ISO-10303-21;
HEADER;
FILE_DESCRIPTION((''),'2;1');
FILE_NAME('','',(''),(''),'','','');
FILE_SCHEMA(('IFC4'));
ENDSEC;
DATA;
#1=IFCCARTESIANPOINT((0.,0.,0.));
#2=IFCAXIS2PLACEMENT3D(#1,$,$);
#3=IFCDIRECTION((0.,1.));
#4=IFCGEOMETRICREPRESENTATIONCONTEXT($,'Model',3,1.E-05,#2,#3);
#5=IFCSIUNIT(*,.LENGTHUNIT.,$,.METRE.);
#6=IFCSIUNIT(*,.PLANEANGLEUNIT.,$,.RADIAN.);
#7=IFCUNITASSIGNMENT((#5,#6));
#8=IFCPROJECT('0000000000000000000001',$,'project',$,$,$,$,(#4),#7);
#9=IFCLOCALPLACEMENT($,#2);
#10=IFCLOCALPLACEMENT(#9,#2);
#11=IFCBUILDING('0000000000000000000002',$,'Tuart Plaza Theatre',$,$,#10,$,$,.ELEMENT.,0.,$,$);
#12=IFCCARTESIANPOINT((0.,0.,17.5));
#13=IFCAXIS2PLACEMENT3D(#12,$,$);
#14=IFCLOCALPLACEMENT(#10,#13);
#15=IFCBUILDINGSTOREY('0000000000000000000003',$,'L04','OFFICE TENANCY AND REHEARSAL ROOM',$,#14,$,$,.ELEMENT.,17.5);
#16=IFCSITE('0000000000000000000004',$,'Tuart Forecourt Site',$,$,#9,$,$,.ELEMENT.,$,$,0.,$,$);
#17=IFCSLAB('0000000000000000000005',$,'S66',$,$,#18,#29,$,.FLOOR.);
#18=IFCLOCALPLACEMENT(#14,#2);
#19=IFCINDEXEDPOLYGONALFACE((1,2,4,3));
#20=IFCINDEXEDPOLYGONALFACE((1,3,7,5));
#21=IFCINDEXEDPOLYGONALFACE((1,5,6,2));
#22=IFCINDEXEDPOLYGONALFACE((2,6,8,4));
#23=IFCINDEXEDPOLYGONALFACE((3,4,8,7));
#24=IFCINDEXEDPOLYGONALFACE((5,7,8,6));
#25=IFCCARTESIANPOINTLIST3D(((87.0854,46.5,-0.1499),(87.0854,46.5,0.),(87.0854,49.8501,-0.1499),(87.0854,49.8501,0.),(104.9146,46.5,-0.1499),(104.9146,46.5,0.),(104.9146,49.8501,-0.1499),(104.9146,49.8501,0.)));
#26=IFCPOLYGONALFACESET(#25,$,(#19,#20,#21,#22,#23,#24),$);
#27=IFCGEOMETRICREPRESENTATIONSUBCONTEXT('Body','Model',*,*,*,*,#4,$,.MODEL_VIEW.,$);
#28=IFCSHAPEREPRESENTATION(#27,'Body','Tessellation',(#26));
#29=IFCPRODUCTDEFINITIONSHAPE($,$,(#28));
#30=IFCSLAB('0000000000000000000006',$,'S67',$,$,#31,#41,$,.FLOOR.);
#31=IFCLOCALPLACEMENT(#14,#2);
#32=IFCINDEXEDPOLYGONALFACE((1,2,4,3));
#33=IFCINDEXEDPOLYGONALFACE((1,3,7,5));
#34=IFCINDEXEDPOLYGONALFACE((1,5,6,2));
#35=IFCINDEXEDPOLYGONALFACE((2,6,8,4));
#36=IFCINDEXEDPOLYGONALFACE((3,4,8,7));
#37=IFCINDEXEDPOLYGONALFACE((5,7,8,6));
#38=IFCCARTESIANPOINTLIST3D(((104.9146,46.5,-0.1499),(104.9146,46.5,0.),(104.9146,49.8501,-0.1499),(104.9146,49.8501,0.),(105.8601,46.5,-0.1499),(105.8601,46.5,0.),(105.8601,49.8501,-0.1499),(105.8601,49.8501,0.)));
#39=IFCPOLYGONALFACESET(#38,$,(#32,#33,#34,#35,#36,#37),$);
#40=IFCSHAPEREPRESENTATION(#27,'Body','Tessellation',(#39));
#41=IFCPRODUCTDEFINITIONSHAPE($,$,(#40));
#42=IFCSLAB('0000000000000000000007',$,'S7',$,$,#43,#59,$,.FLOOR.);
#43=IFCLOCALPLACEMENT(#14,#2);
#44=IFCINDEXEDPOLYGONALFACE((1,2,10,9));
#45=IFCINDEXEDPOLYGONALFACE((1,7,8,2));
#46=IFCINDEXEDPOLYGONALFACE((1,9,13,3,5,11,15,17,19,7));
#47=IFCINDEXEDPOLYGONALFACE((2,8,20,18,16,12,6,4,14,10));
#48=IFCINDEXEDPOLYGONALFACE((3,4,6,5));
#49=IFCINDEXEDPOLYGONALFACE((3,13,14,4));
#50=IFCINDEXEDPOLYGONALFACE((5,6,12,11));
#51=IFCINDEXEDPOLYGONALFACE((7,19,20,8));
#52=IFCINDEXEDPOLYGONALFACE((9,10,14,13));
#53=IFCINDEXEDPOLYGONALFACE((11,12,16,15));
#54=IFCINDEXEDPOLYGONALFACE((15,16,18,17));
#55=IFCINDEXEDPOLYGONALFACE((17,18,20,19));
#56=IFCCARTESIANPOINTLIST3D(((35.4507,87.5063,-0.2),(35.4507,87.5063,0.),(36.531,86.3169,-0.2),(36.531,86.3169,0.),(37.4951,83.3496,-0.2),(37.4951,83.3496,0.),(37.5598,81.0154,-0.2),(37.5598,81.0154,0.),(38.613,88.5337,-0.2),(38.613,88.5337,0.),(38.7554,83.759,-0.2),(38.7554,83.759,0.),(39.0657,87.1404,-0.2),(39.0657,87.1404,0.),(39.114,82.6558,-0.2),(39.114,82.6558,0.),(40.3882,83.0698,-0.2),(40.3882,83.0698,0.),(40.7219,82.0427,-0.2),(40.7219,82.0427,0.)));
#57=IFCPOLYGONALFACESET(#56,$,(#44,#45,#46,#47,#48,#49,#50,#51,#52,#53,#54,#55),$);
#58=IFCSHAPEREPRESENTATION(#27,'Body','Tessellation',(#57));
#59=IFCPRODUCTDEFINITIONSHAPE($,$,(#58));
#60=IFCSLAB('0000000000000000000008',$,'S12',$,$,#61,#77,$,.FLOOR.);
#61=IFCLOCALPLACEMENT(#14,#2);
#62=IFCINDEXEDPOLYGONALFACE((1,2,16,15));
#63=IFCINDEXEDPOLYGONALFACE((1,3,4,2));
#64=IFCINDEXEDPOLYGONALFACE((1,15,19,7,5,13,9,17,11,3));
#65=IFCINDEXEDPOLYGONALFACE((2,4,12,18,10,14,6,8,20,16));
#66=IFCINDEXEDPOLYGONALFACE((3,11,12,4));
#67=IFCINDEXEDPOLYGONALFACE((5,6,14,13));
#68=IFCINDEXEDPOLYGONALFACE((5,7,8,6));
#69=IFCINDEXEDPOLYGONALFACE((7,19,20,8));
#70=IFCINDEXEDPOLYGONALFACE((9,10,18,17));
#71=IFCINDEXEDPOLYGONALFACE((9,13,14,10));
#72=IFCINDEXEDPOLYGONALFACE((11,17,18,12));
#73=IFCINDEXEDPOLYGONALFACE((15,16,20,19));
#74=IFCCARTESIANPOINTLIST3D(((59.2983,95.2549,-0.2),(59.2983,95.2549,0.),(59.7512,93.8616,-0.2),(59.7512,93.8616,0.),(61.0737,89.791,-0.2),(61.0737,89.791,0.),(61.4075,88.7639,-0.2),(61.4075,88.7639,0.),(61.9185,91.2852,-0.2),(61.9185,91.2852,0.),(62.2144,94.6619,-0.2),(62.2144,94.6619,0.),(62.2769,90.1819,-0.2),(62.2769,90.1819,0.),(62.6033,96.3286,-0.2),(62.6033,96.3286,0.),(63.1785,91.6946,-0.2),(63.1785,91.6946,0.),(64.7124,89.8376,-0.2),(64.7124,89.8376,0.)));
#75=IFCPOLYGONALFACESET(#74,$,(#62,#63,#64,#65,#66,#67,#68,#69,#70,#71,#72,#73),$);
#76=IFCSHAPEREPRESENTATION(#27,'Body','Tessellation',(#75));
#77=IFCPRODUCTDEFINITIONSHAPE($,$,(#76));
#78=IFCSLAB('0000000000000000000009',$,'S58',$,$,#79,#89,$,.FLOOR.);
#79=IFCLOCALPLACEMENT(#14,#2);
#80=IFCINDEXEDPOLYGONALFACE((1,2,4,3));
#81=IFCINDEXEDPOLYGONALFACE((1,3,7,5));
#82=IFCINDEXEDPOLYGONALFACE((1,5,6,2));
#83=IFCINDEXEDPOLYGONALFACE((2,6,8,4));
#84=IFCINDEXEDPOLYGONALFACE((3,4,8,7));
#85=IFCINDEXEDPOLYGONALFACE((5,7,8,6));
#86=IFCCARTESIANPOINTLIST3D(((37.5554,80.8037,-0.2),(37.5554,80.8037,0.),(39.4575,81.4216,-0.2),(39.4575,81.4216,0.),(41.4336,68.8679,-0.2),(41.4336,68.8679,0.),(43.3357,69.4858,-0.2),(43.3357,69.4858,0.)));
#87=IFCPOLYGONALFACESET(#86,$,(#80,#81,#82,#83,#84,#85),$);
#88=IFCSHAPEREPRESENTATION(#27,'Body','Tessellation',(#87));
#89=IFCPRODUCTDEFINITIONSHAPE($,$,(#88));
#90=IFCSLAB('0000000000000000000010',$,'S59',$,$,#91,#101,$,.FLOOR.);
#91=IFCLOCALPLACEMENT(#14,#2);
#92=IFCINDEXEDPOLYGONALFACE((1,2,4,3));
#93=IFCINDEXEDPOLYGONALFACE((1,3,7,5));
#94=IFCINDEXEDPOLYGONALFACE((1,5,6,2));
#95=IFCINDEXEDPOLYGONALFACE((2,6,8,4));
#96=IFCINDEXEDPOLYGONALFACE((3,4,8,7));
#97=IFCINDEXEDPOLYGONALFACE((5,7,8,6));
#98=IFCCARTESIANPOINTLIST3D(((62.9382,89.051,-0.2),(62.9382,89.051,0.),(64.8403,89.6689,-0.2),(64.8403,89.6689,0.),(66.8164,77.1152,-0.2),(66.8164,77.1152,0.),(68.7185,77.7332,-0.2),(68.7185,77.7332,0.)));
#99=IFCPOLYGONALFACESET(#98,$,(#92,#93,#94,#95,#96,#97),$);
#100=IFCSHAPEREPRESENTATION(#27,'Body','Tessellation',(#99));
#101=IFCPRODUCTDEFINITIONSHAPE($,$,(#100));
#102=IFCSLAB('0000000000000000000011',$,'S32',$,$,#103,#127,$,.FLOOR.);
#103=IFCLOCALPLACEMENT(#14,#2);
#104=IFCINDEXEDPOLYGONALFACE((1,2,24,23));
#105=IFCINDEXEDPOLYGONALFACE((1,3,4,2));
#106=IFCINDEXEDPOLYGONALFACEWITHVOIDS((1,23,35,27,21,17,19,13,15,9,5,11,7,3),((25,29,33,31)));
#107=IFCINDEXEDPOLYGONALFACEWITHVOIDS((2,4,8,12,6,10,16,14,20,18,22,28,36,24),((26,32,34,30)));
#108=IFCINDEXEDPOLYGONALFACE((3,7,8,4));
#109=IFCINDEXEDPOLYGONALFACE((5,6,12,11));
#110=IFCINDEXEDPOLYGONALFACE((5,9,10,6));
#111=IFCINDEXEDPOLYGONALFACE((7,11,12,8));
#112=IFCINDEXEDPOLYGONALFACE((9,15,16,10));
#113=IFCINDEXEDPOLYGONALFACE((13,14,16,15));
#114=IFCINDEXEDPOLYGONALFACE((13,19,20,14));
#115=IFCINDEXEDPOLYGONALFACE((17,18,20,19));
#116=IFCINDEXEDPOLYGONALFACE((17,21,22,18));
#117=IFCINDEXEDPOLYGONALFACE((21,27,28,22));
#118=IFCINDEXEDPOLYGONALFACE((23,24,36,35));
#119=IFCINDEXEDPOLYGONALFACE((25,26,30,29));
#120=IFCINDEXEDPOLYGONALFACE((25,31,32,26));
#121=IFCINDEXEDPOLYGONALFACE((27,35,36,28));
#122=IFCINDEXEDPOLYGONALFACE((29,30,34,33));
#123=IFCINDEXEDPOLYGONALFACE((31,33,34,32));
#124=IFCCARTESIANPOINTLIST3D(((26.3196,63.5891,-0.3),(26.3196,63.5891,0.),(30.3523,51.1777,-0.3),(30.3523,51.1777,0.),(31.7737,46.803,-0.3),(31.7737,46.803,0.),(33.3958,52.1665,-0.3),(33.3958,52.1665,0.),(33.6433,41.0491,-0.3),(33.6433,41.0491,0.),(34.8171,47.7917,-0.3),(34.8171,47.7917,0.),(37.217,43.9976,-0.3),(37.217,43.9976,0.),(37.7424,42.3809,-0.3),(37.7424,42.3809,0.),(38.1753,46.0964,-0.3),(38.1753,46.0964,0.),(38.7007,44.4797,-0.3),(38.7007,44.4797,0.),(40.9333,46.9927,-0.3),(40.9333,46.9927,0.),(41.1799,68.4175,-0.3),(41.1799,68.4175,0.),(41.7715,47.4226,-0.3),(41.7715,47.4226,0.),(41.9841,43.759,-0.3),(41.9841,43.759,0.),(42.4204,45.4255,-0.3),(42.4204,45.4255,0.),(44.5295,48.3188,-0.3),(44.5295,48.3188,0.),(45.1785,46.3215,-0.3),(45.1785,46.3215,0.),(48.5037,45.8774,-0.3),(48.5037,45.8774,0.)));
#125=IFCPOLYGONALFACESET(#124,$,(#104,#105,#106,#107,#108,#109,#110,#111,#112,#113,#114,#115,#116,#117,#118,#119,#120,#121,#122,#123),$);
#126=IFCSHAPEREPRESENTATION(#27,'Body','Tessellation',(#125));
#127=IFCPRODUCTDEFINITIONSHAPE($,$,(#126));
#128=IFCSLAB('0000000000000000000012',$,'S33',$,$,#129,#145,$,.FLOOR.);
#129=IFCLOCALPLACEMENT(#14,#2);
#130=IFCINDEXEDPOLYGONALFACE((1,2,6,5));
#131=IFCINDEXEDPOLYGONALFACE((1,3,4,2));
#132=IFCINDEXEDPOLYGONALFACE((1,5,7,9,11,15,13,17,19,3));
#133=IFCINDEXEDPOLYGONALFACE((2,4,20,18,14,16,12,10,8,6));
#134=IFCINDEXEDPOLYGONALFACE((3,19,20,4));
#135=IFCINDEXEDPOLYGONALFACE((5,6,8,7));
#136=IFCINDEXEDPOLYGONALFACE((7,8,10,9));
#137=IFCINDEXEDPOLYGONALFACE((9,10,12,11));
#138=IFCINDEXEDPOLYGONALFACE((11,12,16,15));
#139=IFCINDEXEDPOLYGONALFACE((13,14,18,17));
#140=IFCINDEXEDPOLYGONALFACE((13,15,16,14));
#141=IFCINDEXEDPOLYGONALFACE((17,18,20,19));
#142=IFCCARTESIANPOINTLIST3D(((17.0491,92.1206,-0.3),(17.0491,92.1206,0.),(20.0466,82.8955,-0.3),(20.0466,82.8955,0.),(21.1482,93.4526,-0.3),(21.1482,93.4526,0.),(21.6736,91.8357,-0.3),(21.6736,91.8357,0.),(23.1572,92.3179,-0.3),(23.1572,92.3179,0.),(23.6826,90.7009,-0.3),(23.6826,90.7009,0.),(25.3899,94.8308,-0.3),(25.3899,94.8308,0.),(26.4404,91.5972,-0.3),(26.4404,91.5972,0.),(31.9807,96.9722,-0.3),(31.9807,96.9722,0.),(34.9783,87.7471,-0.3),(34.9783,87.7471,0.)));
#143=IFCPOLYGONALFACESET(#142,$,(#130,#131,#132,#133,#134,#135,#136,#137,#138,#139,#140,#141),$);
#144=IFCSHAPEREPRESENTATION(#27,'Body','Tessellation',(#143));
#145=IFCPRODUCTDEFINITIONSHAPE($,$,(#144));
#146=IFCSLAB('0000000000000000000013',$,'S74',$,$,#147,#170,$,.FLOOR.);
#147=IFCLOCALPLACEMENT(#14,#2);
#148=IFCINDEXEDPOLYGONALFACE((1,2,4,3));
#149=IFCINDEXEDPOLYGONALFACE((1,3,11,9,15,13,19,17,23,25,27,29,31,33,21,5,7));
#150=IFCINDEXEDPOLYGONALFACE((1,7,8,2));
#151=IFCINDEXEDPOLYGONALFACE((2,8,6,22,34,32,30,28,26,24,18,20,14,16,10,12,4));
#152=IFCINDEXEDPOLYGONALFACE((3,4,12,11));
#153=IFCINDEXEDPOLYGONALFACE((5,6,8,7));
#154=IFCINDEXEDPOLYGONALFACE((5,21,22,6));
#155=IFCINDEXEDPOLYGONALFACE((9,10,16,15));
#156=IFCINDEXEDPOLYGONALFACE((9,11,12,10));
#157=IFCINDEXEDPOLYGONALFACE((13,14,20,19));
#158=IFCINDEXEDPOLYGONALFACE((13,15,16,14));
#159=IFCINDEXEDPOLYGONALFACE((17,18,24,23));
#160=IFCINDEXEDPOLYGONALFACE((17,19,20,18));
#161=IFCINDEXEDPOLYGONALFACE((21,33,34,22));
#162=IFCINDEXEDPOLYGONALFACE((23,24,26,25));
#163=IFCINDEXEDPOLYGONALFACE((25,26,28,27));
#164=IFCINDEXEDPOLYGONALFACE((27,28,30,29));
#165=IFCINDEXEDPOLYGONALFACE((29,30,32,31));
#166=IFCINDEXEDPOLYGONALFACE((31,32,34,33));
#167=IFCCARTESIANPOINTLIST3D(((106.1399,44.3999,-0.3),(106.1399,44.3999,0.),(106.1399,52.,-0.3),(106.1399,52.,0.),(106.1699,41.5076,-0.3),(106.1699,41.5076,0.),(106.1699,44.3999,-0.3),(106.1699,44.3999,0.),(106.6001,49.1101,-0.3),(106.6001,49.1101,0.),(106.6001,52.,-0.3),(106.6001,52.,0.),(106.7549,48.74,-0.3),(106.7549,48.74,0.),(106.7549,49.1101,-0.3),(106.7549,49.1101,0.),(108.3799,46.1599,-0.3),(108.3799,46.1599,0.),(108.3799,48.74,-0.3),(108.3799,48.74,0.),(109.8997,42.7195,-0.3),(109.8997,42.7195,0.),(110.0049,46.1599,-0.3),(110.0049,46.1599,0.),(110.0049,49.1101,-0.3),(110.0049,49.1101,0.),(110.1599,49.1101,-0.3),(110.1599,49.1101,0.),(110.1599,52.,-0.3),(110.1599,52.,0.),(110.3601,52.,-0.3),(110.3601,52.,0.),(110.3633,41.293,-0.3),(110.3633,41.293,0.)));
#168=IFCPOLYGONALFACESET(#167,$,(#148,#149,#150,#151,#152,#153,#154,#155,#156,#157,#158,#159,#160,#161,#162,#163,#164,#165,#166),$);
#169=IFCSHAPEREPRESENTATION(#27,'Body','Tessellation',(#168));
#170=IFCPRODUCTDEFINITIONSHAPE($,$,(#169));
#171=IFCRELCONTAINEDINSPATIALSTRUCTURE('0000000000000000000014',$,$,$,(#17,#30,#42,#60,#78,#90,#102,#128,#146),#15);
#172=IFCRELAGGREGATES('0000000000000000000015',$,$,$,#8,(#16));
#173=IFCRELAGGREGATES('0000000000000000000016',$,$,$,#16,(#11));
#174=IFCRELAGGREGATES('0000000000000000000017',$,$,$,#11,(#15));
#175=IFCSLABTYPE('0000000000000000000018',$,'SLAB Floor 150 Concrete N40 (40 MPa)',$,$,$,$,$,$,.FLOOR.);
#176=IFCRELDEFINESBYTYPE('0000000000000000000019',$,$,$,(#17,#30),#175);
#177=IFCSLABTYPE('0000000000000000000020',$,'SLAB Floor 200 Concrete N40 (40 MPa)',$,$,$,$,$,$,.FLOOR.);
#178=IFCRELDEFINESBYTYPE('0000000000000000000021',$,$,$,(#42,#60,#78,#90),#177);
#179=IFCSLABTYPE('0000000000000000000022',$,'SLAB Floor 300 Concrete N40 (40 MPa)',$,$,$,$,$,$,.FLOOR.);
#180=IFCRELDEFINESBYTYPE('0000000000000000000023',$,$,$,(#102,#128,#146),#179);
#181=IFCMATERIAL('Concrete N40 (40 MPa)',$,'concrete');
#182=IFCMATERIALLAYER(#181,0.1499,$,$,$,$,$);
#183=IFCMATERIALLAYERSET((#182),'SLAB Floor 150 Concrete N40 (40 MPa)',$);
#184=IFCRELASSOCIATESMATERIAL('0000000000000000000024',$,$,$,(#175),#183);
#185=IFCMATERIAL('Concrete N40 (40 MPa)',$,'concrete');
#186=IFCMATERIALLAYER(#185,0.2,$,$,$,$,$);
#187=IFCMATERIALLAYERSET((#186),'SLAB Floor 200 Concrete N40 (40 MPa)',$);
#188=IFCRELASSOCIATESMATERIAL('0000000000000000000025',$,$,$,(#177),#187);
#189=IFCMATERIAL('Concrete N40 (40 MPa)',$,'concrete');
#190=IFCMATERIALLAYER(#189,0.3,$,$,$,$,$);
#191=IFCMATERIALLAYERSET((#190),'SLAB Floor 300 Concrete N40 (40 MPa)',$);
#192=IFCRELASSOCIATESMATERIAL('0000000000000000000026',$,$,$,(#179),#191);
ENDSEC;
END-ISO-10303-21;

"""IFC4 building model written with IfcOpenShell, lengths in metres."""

from ifc_helpers import new_model, si_unit, direction, frame, origin, place, context, subcontext, project, spatial, polyline, outline, extrude, material, layer, layer_set, type_object, element, save


model = new_model("IFC4")

# Units and contexts
model_context = context("Model", 3, precision=1e-05, world=origin(), true_north=direction((0.0, 1.0)))
body_context = subcontext(model_context, "Body", "Model", "MODEL_VIEW")
ifc_project = project(units=[si_unit("LENGTHUNIT", "METRE"), si_unit("PLANEANGLEUNIT", "RADIAN")], contexts=[model_context])

# Site, building, storey
site_placement = place(None, origin())
site = spatial("IfcSite", under=ifc_project, at=site_placement, Name="Tuart Forecourt Site", CompositionType="ELEMENT", RefElevation=0.0)
building_placement = place(site_placement, origin())
building = spatial("IfcBuilding", under=site, at=building_placement, Name="Tuart Plaza Theatre", CompositionType="ELEMENT", ElevationOfRefHeight=0.0)
storey_placement = place(building_placement, frame((0.0, 0.0, 17.5)))
storey = spatial("IfcBuildingStorey", under=building, at=storey_placement, Name="L04", Description="OFFICE TENANCY AND REHEARSAL ROOM", CompositionType="ELEMENT", Elevation=17.5)

# Slabs
ifc_material_1 = material(Name="Concrete N40 (40 MPa)", Category="concrete")
ifc_layer_1 = layer(ifc_material_1, 0.1499)
ifc_layer_set_1 = layer_set([ifc_layer_1], Name="SLAB Floor 150 Concrete N40 (40 MPa)")
slab_type_1 = type_object("IfcSlabType", Name="SLAB Floor 150 Concrete N40 (40 MPa)", PredefinedType="FLOOR", material=ifc_layer_set_1)
slab_1_placement = place(storey_placement, frame((0.0, 0.0, -0.1499)))
element("IfcSlab", 1, at=slab_1_placement, inside=storey, type_object=slab_type_1, Name="S66", PredefinedType="FLOOR", context=body_context, shape_type="SweptSolid", body=[
    extrude(outline(polyline([(104.9146, 46.5), (104.9146, 49.8501), (87.0854, 49.8501), (87.0854, 46.5), (104.9146, 46.5)])), origin(), (0.0, 0.0, 1.0), 0.1499),
])
slab_2_placement = place(storey_placement, frame((0.0, 0.0, -0.1499)))
element("IfcSlab", 2, at=slab_2_placement, inside=storey, type_object=slab_type_1, Name="S67", PredefinedType="FLOOR", context=body_context, shape_type="SweptSolid", body=[
    extrude(outline(polyline([(105.8601, 46.5), (105.8601, 49.8501), (104.9146, 49.8501), (104.9146, 46.5), (105.8601, 46.5)])), origin(), (0.0, 0.0, 1.0), 0.1499),
])
ifc_material_2 = material(Name="Concrete N40 (40 MPa)", Category="concrete")
ifc_layer_2 = layer(ifc_material_2, 0.2)
ifc_layer_set_2 = layer_set([ifc_layer_2], Name="SLAB Floor 200 Concrete N40 (40 MPa)")
slab_type_2 = type_object("IfcSlabType", Name="SLAB Floor 200 Concrete N40 (40 MPa)", PredefinedType="FLOOR", material=ifc_layer_set_2)
slab_3_placement = place(storey_placement, frame((0.0, 0.0, -0.2)))
element("IfcSlab", 3, at=slab_3_placement, inside=storey, type_object=slab_type_2, Name="S7", PredefinedType="FLOOR", context=body_context, shape_type="SweptSolid", body=[
    extrude(outline(polyline([(35.4507, 87.5063), (37.5598, 81.0154), (40.7219, 82.0427), (40.3882, 83.0698), (39.114, 82.6558), (38.7554, 83.759), (37.4951, 83.3496), (36.531, 86.3169), (39.0657, 87.1404), (38.613, 88.5337), (35.4507, 87.5063)])), origin(), (0.0, 0.0, 1.0), 0.2),
])
slab_4_placement = place(storey_placement, frame((0.0, 0.0, -0.2)))
element("IfcSlab", 4, at=slab_4_placement, inside=storey, type_object=slab_type_2, Name="S12", PredefinedType="FLOOR", context=body_context, shape_type="SweptSolid", body=[
    extrude(outline(polyline([(62.2144, 94.6619), (63.1785, 91.6946), (61.9185, 91.2852), (62.2769, 90.1819), (61.0737, 89.791), (61.4075, 88.7639), (64.7124, 89.8376), (62.6033, 96.3286), (59.2983, 95.2549), (59.7512, 93.8616), (62.2144, 94.6619)])), origin(), (0.0, 0.0, 1.0), 0.2),
])
slab_5_placement = place(storey_placement, frame((0.0, 0.0, -0.2)))
element("IfcSlab", 5, at=slab_5_placement, inside=storey, type_object=slab_type_2, Name="S58", PredefinedType="FLOOR", context=body_context, shape_type="SweptSolid", body=[
    extrude(outline(polyline([(43.3357, 69.4858), (39.4575, 81.4216), (37.5554, 80.8037), (41.4336, 68.8679), (43.3357, 69.4858)])), origin(), (0.0, 0.0, 1.0), 0.2),
])
slab_6_placement = place(storey_placement, frame((0.0, 0.0, -0.2)))
element("IfcSlab", 6, at=slab_6_placement, inside=storey, type_object=slab_type_2, Name="S59", PredefinedType="FLOOR", context=body_context, shape_type="SweptSolid", body=[
    extrude(outline(polyline([(68.7185, 77.7332), (64.8403, 89.6689), (62.9382, 89.051), (66.8164, 77.1152), (68.7185, 77.7332)])), origin(), (0.0, 0.0, 1.0), 0.2),
])
ifc_material_3 = material(Name="Concrete N40 (40 MPa)", Category="concrete")
ifc_layer_3 = layer(ifc_material_3, 0.3)
ifc_layer_set_3 = layer_set([ifc_layer_3], Name="SLAB Floor 300 Concrete N40 (40 MPa)")
slab_type_3 = type_object("IfcSlabType", Name="SLAB Floor 300 Concrete N40 (40 MPa)", PredefinedType="FLOOR", material=ifc_layer_set_3)
slab_7_placement = place(storey_placement, frame((0.0, 0.0, -0.3)))
element("IfcSlab", 7, at=slab_7_placement, inside=storey, type_object=slab_type_3, Name="S32", PredefinedType="FLOOR", context=body_context, shape_type="SweptSolid", body=[
    extrude(outline(polyline([(33.6433, 41.0491), (37.7424, 42.3809), (37.217, 43.9976), (38.7007, 44.4797), (38.1753, 46.0964), (40.9333, 46.9927), (41.9841, 43.759), (48.5037, 45.8774), (41.1799, 68.4175), (26.3196, 63.5891), (30.3523, 51.1777), (33.3958, 52.1665), (34.8171, 47.7917), (31.7737, 46.803), (33.6433, 41.0491)]), holes=[polyline([(44.5295, 48.3188), (41.7715, 47.4226), (42.4204, 45.4255), (45.1785, 46.3215), (44.5295, 48.3188)])]), origin(), (0.0, 0.0, 1.0), 0.3),
])
slab_8_placement = place(storey_placement, frame((0.0, 0.0, -0.3)))
element("IfcSlab", 8, at=slab_8_placement, inside=storey, type_object=slab_type_3, Name="S33", PredefinedType="FLOOR", context=body_context, shape_type="SweptSolid", body=[
    extrude(outline(polyline([(25.3899, 94.8308), (26.4404, 91.5972), (23.6826, 90.7009), (23.1572, 92.3179), (21.6736, 91.8357), (21.1482, 93.4526), (17.0491, 92.1206), (20.0466, 82.8955), (34.9783, 87.7471), (31.9807, 96.9722), (25.3899, 94.8308)])), origin(), (0.0, 0.0, 1.0), 0.3),
])
slab_9_placement = place(storey_placement, frame((0.0, 0.0, -0.3)))
element("IfcSlab", 9, at=slab_9_placement, inside=storey, type_object=slab_type_3, Name="S74", PredefinedType="FLOOR", context=body_context, shape_type="SweptSolid", body=[
    extrude(outline(polyline([(106.1699, 44.3999), (106.1699, 41.5076), (109.8997, 42.7195), (110.3633, 41.293), (110.3601, 52.0), (110.1599, 52.0), (110.1599, 49.1101), (110.0049, 49.1101), (110.0049, 46.1599), (108.3799, 46.1599), (108.3799, 48.74), (106.7549, 48.74), (106.7549, 49.1101), (106.6001, 49.1101), (106.6001, 52.0), (106.1399, 52.0), (106.1399, 44.3999), (106.1699, 44.3999)])), origin(), (0.0, 0.0, 1.0), 0.3),
])

save(model, "model.ifc")
